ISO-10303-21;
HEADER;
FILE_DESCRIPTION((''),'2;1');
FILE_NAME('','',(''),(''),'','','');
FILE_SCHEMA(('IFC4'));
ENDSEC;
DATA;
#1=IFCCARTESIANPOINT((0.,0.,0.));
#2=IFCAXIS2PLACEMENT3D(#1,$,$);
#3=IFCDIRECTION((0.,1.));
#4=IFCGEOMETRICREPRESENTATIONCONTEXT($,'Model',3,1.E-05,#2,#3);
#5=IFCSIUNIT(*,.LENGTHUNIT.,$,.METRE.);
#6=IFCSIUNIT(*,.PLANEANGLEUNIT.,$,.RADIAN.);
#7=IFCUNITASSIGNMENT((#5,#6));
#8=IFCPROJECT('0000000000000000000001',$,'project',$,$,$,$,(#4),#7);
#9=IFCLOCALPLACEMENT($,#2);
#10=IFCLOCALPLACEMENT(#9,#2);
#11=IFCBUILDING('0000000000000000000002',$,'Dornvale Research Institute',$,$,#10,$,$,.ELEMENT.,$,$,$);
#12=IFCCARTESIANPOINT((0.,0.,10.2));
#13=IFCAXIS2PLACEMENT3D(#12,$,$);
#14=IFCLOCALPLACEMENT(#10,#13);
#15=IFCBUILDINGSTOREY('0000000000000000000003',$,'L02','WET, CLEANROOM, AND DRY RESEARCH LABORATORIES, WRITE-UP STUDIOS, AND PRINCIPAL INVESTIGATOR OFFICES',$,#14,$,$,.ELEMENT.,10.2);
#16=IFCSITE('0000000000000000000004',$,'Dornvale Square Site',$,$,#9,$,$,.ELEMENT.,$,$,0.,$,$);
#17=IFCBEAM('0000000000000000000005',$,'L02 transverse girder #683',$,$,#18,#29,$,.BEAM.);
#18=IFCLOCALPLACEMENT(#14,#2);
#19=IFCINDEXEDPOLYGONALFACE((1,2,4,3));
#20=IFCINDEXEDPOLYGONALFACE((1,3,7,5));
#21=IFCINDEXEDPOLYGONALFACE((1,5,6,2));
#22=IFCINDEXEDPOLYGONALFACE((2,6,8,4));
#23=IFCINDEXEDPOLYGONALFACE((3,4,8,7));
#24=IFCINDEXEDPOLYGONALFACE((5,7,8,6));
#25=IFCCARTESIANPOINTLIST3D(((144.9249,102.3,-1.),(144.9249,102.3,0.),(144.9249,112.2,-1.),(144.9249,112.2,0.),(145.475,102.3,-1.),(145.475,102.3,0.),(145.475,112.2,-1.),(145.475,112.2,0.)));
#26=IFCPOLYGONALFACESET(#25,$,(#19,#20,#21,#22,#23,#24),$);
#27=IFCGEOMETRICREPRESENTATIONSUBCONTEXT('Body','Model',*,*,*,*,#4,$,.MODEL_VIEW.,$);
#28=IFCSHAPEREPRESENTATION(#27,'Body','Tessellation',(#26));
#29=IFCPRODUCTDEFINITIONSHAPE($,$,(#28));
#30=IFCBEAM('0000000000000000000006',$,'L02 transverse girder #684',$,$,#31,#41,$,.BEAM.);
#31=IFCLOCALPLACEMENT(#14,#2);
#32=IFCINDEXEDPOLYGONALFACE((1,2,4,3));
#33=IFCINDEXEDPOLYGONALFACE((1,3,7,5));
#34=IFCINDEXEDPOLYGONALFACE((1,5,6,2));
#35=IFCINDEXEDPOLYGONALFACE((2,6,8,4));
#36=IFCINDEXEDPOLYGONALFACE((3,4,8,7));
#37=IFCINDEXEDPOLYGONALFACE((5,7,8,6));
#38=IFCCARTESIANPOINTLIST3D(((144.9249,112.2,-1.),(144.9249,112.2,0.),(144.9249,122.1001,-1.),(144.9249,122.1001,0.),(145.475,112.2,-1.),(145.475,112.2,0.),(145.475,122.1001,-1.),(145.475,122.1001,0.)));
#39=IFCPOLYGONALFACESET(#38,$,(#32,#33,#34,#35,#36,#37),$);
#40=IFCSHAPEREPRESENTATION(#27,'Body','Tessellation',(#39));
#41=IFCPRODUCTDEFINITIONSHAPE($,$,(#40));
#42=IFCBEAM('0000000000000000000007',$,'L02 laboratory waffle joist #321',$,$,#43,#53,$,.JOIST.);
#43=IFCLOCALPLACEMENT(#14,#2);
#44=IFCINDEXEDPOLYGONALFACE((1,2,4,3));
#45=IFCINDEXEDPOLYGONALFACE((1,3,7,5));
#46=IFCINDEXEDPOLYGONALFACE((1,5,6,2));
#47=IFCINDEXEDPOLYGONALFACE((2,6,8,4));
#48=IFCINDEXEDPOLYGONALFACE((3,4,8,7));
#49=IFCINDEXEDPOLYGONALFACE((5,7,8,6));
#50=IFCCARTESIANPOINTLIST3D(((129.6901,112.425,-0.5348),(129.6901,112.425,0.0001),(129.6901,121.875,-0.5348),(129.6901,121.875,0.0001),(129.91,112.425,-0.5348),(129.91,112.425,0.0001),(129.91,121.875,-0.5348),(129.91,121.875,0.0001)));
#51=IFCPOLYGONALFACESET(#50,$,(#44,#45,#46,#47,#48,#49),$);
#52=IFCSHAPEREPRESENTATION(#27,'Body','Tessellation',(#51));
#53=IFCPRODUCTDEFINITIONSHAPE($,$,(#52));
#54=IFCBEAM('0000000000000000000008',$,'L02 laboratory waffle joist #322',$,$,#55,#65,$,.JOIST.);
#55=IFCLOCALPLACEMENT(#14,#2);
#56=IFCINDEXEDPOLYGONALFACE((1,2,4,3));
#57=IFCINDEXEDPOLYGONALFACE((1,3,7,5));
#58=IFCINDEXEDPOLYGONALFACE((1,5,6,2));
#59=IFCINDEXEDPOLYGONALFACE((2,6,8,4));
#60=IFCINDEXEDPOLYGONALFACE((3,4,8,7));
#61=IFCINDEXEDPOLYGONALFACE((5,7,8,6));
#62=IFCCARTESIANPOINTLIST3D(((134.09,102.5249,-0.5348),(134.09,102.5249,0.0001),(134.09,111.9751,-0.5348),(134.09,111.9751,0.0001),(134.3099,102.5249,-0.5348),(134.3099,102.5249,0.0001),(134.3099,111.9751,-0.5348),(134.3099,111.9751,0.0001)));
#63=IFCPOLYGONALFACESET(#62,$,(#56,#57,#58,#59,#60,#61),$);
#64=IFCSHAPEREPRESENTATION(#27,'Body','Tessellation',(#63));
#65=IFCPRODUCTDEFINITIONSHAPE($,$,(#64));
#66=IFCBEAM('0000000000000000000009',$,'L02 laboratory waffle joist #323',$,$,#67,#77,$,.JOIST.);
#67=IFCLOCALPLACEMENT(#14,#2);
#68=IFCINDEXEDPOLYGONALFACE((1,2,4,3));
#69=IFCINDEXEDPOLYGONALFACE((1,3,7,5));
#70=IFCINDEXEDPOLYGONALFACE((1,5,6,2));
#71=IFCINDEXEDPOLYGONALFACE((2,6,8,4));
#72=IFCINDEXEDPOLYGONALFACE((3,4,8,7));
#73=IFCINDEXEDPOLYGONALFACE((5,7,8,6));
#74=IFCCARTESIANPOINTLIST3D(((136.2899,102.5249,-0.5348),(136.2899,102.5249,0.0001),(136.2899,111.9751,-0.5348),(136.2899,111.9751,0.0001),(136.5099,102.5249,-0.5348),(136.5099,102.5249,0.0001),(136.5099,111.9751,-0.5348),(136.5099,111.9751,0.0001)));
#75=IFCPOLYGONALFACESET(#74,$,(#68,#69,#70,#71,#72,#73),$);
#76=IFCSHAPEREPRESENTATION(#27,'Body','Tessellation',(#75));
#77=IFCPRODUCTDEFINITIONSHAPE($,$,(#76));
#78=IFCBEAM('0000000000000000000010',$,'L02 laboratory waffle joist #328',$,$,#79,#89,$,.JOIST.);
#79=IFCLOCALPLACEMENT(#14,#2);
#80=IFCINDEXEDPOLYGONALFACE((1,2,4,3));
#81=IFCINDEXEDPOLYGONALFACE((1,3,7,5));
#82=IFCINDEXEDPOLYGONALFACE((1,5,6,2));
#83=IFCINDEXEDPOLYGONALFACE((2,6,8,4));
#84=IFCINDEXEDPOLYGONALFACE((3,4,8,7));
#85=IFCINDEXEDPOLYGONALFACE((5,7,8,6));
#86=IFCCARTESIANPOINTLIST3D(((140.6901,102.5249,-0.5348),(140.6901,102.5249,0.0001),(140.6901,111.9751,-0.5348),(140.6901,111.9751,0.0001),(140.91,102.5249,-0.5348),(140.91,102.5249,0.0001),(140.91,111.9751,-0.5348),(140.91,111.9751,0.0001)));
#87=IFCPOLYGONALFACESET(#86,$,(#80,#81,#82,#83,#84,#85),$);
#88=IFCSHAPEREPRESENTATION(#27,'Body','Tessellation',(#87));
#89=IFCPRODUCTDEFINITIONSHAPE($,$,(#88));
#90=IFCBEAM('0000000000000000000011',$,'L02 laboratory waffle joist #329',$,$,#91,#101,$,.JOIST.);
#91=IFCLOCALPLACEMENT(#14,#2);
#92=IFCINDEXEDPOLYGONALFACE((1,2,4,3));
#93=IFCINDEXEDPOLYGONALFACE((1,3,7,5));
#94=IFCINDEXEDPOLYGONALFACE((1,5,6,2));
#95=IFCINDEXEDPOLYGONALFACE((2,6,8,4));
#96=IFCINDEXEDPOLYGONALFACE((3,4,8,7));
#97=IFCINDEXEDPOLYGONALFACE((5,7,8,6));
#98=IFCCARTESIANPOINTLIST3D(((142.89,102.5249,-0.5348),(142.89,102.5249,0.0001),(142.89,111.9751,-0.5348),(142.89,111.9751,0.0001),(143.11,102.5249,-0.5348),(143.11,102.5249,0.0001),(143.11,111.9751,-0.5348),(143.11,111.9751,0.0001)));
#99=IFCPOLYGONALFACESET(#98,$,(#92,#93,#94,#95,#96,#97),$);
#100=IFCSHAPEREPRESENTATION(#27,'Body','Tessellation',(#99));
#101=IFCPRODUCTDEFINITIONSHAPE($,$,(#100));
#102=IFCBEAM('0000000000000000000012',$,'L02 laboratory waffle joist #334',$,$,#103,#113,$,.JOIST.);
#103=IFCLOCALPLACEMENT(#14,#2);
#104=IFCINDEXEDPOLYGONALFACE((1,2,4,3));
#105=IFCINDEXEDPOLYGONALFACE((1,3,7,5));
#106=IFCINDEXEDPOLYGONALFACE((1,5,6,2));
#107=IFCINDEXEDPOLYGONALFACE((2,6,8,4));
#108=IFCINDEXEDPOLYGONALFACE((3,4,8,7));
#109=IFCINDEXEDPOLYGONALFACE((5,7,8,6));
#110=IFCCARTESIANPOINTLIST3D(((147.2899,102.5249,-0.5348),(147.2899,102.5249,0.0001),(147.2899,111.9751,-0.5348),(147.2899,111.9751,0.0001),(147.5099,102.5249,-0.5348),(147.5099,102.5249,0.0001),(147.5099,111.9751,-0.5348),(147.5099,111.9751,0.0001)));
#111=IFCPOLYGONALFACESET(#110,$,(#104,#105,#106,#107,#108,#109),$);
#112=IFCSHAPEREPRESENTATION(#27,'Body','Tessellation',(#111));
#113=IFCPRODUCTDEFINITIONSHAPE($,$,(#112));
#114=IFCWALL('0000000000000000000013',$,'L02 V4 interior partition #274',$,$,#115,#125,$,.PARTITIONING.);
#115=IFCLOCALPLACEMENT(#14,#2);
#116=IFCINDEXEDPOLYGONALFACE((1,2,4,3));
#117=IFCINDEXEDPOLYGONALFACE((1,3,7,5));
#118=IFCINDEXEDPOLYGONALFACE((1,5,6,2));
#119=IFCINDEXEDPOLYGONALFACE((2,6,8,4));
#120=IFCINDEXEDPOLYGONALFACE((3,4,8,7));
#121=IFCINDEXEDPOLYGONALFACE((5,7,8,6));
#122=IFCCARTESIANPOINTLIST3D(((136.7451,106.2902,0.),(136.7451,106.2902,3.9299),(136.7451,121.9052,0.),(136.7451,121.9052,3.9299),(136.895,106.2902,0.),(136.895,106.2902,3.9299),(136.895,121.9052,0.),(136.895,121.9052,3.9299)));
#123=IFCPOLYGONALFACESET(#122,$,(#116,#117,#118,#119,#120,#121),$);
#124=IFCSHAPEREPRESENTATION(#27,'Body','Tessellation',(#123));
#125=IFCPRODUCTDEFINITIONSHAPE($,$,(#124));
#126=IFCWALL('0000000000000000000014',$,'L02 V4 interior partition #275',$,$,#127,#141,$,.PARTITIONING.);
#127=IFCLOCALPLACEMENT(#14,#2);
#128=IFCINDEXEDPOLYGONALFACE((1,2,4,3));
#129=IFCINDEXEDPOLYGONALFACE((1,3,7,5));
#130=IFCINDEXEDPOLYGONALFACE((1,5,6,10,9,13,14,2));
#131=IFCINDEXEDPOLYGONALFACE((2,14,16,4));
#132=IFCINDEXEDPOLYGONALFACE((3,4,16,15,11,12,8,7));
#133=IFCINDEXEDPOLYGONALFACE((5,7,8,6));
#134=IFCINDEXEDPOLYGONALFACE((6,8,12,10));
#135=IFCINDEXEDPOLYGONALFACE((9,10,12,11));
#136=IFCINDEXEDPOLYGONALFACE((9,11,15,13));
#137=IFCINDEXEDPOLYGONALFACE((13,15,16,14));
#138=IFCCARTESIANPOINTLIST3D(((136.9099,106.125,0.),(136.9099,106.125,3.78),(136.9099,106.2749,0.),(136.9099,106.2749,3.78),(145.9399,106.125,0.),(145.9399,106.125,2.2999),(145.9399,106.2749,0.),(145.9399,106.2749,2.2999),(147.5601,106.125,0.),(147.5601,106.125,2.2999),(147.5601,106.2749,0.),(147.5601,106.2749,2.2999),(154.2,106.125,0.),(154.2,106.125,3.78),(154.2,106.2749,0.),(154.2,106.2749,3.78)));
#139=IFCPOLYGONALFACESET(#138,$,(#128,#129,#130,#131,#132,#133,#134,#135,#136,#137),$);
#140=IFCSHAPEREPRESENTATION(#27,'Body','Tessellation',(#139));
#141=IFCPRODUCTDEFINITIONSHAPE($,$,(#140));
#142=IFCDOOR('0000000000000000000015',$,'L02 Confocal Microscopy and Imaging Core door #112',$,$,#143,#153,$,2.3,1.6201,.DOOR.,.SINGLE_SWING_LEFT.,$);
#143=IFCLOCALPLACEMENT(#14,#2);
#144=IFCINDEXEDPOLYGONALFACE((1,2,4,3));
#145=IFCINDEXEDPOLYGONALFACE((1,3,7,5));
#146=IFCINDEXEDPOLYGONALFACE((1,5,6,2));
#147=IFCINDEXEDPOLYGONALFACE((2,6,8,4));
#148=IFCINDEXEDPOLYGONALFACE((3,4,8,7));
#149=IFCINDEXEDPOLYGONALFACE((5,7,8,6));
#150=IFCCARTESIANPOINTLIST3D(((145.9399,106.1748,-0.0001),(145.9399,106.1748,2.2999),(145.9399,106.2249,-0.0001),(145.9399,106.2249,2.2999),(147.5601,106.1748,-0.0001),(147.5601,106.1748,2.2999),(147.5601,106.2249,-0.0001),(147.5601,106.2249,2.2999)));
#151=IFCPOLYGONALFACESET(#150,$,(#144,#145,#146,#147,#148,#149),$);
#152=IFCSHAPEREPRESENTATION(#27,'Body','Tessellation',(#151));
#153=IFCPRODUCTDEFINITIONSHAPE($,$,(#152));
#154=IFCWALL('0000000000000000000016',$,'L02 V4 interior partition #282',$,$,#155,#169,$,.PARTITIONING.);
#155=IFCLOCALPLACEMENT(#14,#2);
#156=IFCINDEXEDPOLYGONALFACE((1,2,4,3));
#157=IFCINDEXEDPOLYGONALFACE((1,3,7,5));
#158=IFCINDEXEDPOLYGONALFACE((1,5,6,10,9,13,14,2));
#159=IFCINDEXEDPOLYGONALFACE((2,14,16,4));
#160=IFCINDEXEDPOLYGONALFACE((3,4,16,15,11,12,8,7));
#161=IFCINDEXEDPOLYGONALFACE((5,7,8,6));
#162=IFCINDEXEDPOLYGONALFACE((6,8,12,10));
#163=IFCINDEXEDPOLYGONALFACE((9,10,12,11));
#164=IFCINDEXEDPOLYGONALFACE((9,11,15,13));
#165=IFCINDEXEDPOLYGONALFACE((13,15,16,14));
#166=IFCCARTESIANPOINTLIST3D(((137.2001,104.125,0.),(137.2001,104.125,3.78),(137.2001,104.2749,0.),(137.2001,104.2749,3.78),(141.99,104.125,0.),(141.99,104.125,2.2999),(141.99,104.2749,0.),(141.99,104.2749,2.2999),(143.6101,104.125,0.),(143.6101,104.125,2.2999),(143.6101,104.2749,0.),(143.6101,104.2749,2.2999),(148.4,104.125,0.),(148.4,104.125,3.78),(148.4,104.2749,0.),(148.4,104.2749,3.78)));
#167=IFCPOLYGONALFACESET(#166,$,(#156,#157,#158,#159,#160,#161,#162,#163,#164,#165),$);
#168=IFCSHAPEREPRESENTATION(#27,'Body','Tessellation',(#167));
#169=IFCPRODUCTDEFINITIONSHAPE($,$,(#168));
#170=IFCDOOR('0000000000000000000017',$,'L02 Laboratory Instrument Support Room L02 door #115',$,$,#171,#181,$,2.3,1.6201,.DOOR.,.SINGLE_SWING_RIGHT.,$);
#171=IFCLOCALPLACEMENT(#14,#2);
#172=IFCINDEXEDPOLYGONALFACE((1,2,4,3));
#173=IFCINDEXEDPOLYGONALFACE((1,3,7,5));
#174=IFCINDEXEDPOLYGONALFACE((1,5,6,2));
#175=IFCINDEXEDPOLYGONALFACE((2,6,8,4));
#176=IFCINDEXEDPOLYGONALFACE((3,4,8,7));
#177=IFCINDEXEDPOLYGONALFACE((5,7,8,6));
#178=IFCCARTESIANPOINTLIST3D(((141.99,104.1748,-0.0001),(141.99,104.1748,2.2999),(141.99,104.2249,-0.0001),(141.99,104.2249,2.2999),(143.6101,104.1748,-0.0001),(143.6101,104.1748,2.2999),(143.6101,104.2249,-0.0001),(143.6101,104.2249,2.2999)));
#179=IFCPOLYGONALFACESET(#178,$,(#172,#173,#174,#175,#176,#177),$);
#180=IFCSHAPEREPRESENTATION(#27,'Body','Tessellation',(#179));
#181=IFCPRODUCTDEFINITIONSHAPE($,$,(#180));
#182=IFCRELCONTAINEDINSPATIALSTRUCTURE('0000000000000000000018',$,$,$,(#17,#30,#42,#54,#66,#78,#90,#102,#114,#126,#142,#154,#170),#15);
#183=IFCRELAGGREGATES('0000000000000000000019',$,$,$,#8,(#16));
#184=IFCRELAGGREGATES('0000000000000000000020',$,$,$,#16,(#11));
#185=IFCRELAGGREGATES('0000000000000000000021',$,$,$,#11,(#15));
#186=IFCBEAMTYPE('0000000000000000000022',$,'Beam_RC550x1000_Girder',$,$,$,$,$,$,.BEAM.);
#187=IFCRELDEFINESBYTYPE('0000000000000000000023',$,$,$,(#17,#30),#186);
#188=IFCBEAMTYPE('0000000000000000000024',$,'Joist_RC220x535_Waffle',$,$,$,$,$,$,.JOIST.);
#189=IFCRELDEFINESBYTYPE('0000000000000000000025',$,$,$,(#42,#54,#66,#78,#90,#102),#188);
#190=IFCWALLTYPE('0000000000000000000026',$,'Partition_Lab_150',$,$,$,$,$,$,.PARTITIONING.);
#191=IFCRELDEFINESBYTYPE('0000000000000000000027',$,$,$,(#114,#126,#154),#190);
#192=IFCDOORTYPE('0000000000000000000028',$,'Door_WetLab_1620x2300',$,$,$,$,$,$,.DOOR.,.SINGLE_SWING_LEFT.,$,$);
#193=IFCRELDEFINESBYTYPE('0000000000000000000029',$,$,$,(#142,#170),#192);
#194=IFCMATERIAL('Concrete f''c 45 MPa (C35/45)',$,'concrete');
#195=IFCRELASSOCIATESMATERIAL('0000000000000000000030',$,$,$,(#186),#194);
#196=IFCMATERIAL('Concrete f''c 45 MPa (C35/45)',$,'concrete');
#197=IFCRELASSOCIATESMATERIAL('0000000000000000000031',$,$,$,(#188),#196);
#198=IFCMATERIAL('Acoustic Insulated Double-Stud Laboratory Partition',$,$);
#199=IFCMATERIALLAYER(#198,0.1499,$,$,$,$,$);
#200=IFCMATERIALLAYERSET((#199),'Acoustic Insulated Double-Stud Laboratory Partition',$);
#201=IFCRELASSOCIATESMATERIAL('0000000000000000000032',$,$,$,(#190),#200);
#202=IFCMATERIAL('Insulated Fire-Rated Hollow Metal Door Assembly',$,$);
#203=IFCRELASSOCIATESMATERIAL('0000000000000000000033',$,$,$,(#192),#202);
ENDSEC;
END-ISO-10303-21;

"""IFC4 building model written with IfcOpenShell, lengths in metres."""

from ifc_helpers import new_model, si_unit, direction, frame, frame_2d, origin, origin_2d, place, context, subcontext, project, spatial, rectangle, extrude, material, layer, layer_set, material_profile, profile_set, type_object, element, fill, save


model = new_model("IFC4")

# Units and contexts
model_context = context("Model", 3, precision=1e-05, world=origin(), true_north=direction((0.0, 1.0)))
body_context = subcontext(model_context, "Body", "Model", "MODEL_VIEW")
ifc_project = project(units=[si_unit("LENGTHUNIT", "METRE"), si_unit("PLANEANGLEUNIT", "RADIAN")], contexts=[model_context])

# Site, building, storey
site_placement = place(None, origin())
site = spatial("IfcSite", under=ifc_project, at=site_placement, Name="Dornvale Square Site", CompositionType="ELEMENT", RefElevation=0.0)
building_placement = place(site_placement, origin())
building = spatial("IfcBuilding", under=site, at=building_placement, Name="Dornvale Research Institute", CompositionType="ELEMENT")
storey_placement = place(building_placement, frame((0.0, 0.0, 10.2)))
storey = spatial("IfcBuildingStorey", under=building, at=storey_placement, Name="L02", Description="WET, CLEANROOM, AND DRY RESEARCH LABORATORIES, WRITE-UP STUDIOS, AND PRINCIPAL INVESTIGATOR OFFICES", CompositionType="ELEMENT", Elevation=10.2)

# Beams
ifc_material_1 = material(Name="Concrete f'c 45 MPa (C35/45)", Category="concrete")
ifc_material_profile_1 = material_profile(ifc_material_1, rectangle(XDim=0.55, YDim=1.0, at=origin_2d()), Name="RC 550x1000")
ifc_profile_set_1 = profile_set([ifc_material_profile_1], Name="Concrete f'c 45 MPa (C35/45)")
beam_type_1 = type_object("IfcBeamType", Name="Beam_RC550x1000_Girder", PredefinedType="BEAM", material=ifc_profile_set_1)
beam_1_placement = place(storey_placement, frame((145.2, 102.3, -0.5), z_axis=(0.0, 1.0, 0.0), x_axis=(-1.0, 0.0, 0.0)))
element("IfcBeam", 1, at=beam_1_placement, inside=storey, type_object=beam_type_1, Name="L02 transverse girder #683", PredefinedType="BEAM", context=body_context, shape_type="SweptSolid", body=[
    extrude(rectangle(XDim=0.55, YDim=1.0, at=origin_2d()), origin(), (0.0, 0.0, 1.0), 9.8999),
])
beam_2_placement = place(storey_placement, frame((145.2, 112.2, -0.5), z_axis=(0.0, 1.0, 0.0), x_axis=(-1.0, 0.0, 0.0)))
element("IfcBeam", 2, at=beam_2_placement, inside=storey, type_object=beam_type_1, Name="L02 transverse girder #684", PredefinedType="BEAM", context=body_context, shape_type="SweptSolid", body=[
    extrude(rectangle(XDim=0.55, YDim=1.0, at=origin_2d()), origin(), (0.0, 0.0, 1.0), 9.9001),
])
ifc_material_2 = material(Name="Concrete f'c 45 MPa (C35/45)", Category="concrete")
ifc_material_profile_2 = material_profile(ifc_material_2, rectangle(XDim=0.22, YDim=0.5349, at=origin_2d()), Name="RC 220x535")
ifc_profile_set_2 = profile_set([ifc_material_profile_2], Name="Concrete f'c 45 MPa (C35/45)")
beam_type_2 = type_object("IfcBeamType", Name="Joist_RC220x535_Waffle", PredefinedType="JOIST", material=ifc_profile_set_2)
beam_3_placement = place(storey_placement, frame((129.8, 112.425, -0.2673), z_axis=(0.0, 1.0, 0.0), x_axis=(-1.0, 0.0, 0.0)))
element("IfcBeam", 3, at=beam_3_placement, inside=storey, type_object=beam_type_2, Name="L02 laboratory waffle joist #321", PredefinedType="JOIST", context=body_context, shape_type="SweptSolid", body=[
    extrude(rectangle(XDim=0.22, YDim=0.5349, at=origin_2d()), origin(), (0.0, 0.0, 1.0), 9.45),
])
for number, where, z_axis, x_axis, name in (
    (4, (134.2, 102.5249, -0.2673), (0.0, 1.0, 0.0), (-1.0, 0.0, 0.0), "L02 laboratory waffle joist #322"),
    (5, (136.3999, 102.5249, -0.2673), (0.0, 1.0, 0.0), (-1.0, 0.0, 0.0), "L02 laboratory waffle joist #323"),
    (6, (140.8, 102.5249, -0.2673), (0.0, 1.0, 0.0), (-1.0, 0.0, 0.0), "L02 laboratory waffle joist #328"),
    (7, (143.0, 102.5249, -0.2673), (0.0, 1.0, 0.0), (-1.0, 0.0, 0.0), "L02 laboratory waffle joist #329"),
    (8, (147.3999, 102.5249, -0.2673), (0.0, 1.0, 0.0), (-1.0, 0.0, 0.0), "L02 laboratory waffle joist #334"),
):
    element("IfcBeam", number, at=place(storey_placement, frame(where, z_axis=z_axis, x_axis=x_axis)), inside=storey, type_object=beam_type_2, Name=name, PredefinedType="JOIST", context=body_context, shape_type="SweptSolid", body=[
        extrude(rectangle(XDim=0.22, YDim=0.5349, at=origin_2d()), origin(), (0.0, 0.0, 1.0), 9.4502),
    ])

# Wall
ifc_material_3 = material(Name="Acoustic Insulated Double-Stud Laboratory Partition")
ifc_layer = layer(ifc_material_3, 0.1499)
ifc_layer_set = layer_set([ifc_layer], Name="Acoustic Insulated Double-Stud Laboratory Partition")
wall_type = type_object("IfcWallType", Name="Partition_Lab_150", PredefinedType="PARTITIONING", material=ifc_layer_set)
wall_1_placement = place(storey_placement, frame((136.8201, 106.29, 0.0), z_axis=(0.0, 0.0, 1.0), x_axis=(0.0, 1.0, 0.0)))
element("IfcWall", 9, at=wall_1_placement, inside=storey, type_object=wall_type, Name="L02 V4 interior partition #274", PredefinedType="PARTITIONING", context=body_context, shape_type="SweptSolid", body=[
    extrude(rectangle(XDim=15.615, YDim=0.1499, at=frame_2d((7.8076, 0.0))), origin(), (0.0, 0.0, 1.0), 3.9299),
])

# Walls, openings, doors
wall_2_placement = place(storey_placement, frame((136.9099, 106.2, 0.0), z_axis=(0.0, 0.0, 1.0), x_axis=(1.0, 0.0, 0.0)))
wall_2 = element("IfcWall", 10, at=wall_2_placement, inside=storey, type_object=wall_type, Name="L02 V4 interior partition #275", PredefinedType="PARTITIONING", context=body_context, shape_type="SweptSolid", body=[
    extrude(rectangle(XDim=17.29, YDim=0.1499, at=frame_2d((8.645, 0.0))), origin(), (0.0, 0.0, 1.0), 3.78),
])
opening_1_placement = place(wall_2_placement, frame((9.03, 0.0, 0.0)))
opening_1 = element("IfcOpeningElement", 11, at=opening_1_placement, cuts=wall_2, PredefinedType="OPENING", context=body_context, shape_type="SweptSolid", body=[
    extrude(rectangle(XDim=1.6201, YDim=2.3, at=frame_2d((0.8101, 1.1499))), frame((0.0, 0.0898, 0.0), z_axis=(0.0, -1.0, 0.0), x_axis=(1.0, 0.0, 0.0)), (0.0, 0.0, 1.0), 0.1799),
])
ifc_material_4 = material(Name="Insulated Fire-Rated Hollow Metal Door Assembly")
door_type = type_object("IfcDoorType", Name="Door_WetLab_1620x2300", OperationType="SINGLE_SWING_LEFT", PredefinedType="DOOR", material=ifc_material_4)
door_1_placement = place(opening_1_placement, origin())
door_1 = element("IfcDoor", 12, at=door_1_placement, inside=storey, type_object=door_type, Name="L02 Confocal Microscopy and Imaging Core door #112", OperationType="SINGLE_SWING_LEFT", OverallHeight=2.3, OverallWidth=1.6201, PredefinedType="DOOR", context=body_context, shape_type="SweptSolid", body=[
    extrude(rectangle(XDim=1.6201, YDim=2.3, at=frame_2d((0.8101, 1.1499))), frame((0.0, 0.0249, 0.0), z_axis=(0.0, -1.0, 0.0), x_axis=(1.0, 0.0, 0.0)), (0.0, 0.0, 1.0), 0.05),
])
fill(opening_1, door_1)
wall_3_placement = place(storey_placement, frame((137.2, 104.2, 0.0), z_axis=(0.0, 0.0, 1.0), x_axis=(1.0, 0.0, 0.0)))
wall_3 = element("IfcWall", 13, at=wall_3_placement, inside=storey, type_object=wall_type, Name="L02 V4 interior partition #282", PredefinedType="PARTITIONING", context=body_context, shape_type="SweptSolid", body=[
    extrude(rectangle(XDim=11.2, YDim=0.1499, at=frame_2d((5.6001, 0.0))), origin(), (0.0, 0.0, 1.0), 3.78),
])
opening_2_placement = place(wall_3_placement, frame((4.79, 0.0, 0.0)))
opening_2 = element("IfcOpeningElement", 14, at=opening_2_placement, cuts=wall_3, PredefinedType="OPENING", context=body_context, shape_type="SweptSolid", body=[
    extrude(rectangle(XDim=1.6201, YDim=2.3, at=frame_2d((0.8101, 1.1499))), frame((0.0, 0.0898, 0.0), z_axis=(0.0, -1.0, 0.0), x_axis=(1.0, 0.0, 0.0)), (0.0, 0.0, 1.0), 0.1799),
])
door_2_placement = place(opening_2_placement, origin())
door_2 = element("IfcDoor", 15, at=door_2_placement, inside=storey, type_object=door_type, Name="L02 Laboratory Instrument Support Room L02 door #115", OperationType="SINGLE_SWING_RIGHT", OverallHeight=2.3, OverallWidth=1.6201, PredefinedType="DOOR", context=body_context, shape_type="SweptSolid", body=[
    extrude(rectangle(XDim=1.6201, YDim=2.3, at=frame_2d((0.8101, 1.1499))), frame((0.0, 0.0249, 0.0), z_axis=(0.0, -1.0, 0.0), x_axis=(1.0, 0.0, 0.0)), (0.0, 0.0, 1.0), 0.05),
])
fill(opening_2, door_2)

save(model, "model.ifc")
